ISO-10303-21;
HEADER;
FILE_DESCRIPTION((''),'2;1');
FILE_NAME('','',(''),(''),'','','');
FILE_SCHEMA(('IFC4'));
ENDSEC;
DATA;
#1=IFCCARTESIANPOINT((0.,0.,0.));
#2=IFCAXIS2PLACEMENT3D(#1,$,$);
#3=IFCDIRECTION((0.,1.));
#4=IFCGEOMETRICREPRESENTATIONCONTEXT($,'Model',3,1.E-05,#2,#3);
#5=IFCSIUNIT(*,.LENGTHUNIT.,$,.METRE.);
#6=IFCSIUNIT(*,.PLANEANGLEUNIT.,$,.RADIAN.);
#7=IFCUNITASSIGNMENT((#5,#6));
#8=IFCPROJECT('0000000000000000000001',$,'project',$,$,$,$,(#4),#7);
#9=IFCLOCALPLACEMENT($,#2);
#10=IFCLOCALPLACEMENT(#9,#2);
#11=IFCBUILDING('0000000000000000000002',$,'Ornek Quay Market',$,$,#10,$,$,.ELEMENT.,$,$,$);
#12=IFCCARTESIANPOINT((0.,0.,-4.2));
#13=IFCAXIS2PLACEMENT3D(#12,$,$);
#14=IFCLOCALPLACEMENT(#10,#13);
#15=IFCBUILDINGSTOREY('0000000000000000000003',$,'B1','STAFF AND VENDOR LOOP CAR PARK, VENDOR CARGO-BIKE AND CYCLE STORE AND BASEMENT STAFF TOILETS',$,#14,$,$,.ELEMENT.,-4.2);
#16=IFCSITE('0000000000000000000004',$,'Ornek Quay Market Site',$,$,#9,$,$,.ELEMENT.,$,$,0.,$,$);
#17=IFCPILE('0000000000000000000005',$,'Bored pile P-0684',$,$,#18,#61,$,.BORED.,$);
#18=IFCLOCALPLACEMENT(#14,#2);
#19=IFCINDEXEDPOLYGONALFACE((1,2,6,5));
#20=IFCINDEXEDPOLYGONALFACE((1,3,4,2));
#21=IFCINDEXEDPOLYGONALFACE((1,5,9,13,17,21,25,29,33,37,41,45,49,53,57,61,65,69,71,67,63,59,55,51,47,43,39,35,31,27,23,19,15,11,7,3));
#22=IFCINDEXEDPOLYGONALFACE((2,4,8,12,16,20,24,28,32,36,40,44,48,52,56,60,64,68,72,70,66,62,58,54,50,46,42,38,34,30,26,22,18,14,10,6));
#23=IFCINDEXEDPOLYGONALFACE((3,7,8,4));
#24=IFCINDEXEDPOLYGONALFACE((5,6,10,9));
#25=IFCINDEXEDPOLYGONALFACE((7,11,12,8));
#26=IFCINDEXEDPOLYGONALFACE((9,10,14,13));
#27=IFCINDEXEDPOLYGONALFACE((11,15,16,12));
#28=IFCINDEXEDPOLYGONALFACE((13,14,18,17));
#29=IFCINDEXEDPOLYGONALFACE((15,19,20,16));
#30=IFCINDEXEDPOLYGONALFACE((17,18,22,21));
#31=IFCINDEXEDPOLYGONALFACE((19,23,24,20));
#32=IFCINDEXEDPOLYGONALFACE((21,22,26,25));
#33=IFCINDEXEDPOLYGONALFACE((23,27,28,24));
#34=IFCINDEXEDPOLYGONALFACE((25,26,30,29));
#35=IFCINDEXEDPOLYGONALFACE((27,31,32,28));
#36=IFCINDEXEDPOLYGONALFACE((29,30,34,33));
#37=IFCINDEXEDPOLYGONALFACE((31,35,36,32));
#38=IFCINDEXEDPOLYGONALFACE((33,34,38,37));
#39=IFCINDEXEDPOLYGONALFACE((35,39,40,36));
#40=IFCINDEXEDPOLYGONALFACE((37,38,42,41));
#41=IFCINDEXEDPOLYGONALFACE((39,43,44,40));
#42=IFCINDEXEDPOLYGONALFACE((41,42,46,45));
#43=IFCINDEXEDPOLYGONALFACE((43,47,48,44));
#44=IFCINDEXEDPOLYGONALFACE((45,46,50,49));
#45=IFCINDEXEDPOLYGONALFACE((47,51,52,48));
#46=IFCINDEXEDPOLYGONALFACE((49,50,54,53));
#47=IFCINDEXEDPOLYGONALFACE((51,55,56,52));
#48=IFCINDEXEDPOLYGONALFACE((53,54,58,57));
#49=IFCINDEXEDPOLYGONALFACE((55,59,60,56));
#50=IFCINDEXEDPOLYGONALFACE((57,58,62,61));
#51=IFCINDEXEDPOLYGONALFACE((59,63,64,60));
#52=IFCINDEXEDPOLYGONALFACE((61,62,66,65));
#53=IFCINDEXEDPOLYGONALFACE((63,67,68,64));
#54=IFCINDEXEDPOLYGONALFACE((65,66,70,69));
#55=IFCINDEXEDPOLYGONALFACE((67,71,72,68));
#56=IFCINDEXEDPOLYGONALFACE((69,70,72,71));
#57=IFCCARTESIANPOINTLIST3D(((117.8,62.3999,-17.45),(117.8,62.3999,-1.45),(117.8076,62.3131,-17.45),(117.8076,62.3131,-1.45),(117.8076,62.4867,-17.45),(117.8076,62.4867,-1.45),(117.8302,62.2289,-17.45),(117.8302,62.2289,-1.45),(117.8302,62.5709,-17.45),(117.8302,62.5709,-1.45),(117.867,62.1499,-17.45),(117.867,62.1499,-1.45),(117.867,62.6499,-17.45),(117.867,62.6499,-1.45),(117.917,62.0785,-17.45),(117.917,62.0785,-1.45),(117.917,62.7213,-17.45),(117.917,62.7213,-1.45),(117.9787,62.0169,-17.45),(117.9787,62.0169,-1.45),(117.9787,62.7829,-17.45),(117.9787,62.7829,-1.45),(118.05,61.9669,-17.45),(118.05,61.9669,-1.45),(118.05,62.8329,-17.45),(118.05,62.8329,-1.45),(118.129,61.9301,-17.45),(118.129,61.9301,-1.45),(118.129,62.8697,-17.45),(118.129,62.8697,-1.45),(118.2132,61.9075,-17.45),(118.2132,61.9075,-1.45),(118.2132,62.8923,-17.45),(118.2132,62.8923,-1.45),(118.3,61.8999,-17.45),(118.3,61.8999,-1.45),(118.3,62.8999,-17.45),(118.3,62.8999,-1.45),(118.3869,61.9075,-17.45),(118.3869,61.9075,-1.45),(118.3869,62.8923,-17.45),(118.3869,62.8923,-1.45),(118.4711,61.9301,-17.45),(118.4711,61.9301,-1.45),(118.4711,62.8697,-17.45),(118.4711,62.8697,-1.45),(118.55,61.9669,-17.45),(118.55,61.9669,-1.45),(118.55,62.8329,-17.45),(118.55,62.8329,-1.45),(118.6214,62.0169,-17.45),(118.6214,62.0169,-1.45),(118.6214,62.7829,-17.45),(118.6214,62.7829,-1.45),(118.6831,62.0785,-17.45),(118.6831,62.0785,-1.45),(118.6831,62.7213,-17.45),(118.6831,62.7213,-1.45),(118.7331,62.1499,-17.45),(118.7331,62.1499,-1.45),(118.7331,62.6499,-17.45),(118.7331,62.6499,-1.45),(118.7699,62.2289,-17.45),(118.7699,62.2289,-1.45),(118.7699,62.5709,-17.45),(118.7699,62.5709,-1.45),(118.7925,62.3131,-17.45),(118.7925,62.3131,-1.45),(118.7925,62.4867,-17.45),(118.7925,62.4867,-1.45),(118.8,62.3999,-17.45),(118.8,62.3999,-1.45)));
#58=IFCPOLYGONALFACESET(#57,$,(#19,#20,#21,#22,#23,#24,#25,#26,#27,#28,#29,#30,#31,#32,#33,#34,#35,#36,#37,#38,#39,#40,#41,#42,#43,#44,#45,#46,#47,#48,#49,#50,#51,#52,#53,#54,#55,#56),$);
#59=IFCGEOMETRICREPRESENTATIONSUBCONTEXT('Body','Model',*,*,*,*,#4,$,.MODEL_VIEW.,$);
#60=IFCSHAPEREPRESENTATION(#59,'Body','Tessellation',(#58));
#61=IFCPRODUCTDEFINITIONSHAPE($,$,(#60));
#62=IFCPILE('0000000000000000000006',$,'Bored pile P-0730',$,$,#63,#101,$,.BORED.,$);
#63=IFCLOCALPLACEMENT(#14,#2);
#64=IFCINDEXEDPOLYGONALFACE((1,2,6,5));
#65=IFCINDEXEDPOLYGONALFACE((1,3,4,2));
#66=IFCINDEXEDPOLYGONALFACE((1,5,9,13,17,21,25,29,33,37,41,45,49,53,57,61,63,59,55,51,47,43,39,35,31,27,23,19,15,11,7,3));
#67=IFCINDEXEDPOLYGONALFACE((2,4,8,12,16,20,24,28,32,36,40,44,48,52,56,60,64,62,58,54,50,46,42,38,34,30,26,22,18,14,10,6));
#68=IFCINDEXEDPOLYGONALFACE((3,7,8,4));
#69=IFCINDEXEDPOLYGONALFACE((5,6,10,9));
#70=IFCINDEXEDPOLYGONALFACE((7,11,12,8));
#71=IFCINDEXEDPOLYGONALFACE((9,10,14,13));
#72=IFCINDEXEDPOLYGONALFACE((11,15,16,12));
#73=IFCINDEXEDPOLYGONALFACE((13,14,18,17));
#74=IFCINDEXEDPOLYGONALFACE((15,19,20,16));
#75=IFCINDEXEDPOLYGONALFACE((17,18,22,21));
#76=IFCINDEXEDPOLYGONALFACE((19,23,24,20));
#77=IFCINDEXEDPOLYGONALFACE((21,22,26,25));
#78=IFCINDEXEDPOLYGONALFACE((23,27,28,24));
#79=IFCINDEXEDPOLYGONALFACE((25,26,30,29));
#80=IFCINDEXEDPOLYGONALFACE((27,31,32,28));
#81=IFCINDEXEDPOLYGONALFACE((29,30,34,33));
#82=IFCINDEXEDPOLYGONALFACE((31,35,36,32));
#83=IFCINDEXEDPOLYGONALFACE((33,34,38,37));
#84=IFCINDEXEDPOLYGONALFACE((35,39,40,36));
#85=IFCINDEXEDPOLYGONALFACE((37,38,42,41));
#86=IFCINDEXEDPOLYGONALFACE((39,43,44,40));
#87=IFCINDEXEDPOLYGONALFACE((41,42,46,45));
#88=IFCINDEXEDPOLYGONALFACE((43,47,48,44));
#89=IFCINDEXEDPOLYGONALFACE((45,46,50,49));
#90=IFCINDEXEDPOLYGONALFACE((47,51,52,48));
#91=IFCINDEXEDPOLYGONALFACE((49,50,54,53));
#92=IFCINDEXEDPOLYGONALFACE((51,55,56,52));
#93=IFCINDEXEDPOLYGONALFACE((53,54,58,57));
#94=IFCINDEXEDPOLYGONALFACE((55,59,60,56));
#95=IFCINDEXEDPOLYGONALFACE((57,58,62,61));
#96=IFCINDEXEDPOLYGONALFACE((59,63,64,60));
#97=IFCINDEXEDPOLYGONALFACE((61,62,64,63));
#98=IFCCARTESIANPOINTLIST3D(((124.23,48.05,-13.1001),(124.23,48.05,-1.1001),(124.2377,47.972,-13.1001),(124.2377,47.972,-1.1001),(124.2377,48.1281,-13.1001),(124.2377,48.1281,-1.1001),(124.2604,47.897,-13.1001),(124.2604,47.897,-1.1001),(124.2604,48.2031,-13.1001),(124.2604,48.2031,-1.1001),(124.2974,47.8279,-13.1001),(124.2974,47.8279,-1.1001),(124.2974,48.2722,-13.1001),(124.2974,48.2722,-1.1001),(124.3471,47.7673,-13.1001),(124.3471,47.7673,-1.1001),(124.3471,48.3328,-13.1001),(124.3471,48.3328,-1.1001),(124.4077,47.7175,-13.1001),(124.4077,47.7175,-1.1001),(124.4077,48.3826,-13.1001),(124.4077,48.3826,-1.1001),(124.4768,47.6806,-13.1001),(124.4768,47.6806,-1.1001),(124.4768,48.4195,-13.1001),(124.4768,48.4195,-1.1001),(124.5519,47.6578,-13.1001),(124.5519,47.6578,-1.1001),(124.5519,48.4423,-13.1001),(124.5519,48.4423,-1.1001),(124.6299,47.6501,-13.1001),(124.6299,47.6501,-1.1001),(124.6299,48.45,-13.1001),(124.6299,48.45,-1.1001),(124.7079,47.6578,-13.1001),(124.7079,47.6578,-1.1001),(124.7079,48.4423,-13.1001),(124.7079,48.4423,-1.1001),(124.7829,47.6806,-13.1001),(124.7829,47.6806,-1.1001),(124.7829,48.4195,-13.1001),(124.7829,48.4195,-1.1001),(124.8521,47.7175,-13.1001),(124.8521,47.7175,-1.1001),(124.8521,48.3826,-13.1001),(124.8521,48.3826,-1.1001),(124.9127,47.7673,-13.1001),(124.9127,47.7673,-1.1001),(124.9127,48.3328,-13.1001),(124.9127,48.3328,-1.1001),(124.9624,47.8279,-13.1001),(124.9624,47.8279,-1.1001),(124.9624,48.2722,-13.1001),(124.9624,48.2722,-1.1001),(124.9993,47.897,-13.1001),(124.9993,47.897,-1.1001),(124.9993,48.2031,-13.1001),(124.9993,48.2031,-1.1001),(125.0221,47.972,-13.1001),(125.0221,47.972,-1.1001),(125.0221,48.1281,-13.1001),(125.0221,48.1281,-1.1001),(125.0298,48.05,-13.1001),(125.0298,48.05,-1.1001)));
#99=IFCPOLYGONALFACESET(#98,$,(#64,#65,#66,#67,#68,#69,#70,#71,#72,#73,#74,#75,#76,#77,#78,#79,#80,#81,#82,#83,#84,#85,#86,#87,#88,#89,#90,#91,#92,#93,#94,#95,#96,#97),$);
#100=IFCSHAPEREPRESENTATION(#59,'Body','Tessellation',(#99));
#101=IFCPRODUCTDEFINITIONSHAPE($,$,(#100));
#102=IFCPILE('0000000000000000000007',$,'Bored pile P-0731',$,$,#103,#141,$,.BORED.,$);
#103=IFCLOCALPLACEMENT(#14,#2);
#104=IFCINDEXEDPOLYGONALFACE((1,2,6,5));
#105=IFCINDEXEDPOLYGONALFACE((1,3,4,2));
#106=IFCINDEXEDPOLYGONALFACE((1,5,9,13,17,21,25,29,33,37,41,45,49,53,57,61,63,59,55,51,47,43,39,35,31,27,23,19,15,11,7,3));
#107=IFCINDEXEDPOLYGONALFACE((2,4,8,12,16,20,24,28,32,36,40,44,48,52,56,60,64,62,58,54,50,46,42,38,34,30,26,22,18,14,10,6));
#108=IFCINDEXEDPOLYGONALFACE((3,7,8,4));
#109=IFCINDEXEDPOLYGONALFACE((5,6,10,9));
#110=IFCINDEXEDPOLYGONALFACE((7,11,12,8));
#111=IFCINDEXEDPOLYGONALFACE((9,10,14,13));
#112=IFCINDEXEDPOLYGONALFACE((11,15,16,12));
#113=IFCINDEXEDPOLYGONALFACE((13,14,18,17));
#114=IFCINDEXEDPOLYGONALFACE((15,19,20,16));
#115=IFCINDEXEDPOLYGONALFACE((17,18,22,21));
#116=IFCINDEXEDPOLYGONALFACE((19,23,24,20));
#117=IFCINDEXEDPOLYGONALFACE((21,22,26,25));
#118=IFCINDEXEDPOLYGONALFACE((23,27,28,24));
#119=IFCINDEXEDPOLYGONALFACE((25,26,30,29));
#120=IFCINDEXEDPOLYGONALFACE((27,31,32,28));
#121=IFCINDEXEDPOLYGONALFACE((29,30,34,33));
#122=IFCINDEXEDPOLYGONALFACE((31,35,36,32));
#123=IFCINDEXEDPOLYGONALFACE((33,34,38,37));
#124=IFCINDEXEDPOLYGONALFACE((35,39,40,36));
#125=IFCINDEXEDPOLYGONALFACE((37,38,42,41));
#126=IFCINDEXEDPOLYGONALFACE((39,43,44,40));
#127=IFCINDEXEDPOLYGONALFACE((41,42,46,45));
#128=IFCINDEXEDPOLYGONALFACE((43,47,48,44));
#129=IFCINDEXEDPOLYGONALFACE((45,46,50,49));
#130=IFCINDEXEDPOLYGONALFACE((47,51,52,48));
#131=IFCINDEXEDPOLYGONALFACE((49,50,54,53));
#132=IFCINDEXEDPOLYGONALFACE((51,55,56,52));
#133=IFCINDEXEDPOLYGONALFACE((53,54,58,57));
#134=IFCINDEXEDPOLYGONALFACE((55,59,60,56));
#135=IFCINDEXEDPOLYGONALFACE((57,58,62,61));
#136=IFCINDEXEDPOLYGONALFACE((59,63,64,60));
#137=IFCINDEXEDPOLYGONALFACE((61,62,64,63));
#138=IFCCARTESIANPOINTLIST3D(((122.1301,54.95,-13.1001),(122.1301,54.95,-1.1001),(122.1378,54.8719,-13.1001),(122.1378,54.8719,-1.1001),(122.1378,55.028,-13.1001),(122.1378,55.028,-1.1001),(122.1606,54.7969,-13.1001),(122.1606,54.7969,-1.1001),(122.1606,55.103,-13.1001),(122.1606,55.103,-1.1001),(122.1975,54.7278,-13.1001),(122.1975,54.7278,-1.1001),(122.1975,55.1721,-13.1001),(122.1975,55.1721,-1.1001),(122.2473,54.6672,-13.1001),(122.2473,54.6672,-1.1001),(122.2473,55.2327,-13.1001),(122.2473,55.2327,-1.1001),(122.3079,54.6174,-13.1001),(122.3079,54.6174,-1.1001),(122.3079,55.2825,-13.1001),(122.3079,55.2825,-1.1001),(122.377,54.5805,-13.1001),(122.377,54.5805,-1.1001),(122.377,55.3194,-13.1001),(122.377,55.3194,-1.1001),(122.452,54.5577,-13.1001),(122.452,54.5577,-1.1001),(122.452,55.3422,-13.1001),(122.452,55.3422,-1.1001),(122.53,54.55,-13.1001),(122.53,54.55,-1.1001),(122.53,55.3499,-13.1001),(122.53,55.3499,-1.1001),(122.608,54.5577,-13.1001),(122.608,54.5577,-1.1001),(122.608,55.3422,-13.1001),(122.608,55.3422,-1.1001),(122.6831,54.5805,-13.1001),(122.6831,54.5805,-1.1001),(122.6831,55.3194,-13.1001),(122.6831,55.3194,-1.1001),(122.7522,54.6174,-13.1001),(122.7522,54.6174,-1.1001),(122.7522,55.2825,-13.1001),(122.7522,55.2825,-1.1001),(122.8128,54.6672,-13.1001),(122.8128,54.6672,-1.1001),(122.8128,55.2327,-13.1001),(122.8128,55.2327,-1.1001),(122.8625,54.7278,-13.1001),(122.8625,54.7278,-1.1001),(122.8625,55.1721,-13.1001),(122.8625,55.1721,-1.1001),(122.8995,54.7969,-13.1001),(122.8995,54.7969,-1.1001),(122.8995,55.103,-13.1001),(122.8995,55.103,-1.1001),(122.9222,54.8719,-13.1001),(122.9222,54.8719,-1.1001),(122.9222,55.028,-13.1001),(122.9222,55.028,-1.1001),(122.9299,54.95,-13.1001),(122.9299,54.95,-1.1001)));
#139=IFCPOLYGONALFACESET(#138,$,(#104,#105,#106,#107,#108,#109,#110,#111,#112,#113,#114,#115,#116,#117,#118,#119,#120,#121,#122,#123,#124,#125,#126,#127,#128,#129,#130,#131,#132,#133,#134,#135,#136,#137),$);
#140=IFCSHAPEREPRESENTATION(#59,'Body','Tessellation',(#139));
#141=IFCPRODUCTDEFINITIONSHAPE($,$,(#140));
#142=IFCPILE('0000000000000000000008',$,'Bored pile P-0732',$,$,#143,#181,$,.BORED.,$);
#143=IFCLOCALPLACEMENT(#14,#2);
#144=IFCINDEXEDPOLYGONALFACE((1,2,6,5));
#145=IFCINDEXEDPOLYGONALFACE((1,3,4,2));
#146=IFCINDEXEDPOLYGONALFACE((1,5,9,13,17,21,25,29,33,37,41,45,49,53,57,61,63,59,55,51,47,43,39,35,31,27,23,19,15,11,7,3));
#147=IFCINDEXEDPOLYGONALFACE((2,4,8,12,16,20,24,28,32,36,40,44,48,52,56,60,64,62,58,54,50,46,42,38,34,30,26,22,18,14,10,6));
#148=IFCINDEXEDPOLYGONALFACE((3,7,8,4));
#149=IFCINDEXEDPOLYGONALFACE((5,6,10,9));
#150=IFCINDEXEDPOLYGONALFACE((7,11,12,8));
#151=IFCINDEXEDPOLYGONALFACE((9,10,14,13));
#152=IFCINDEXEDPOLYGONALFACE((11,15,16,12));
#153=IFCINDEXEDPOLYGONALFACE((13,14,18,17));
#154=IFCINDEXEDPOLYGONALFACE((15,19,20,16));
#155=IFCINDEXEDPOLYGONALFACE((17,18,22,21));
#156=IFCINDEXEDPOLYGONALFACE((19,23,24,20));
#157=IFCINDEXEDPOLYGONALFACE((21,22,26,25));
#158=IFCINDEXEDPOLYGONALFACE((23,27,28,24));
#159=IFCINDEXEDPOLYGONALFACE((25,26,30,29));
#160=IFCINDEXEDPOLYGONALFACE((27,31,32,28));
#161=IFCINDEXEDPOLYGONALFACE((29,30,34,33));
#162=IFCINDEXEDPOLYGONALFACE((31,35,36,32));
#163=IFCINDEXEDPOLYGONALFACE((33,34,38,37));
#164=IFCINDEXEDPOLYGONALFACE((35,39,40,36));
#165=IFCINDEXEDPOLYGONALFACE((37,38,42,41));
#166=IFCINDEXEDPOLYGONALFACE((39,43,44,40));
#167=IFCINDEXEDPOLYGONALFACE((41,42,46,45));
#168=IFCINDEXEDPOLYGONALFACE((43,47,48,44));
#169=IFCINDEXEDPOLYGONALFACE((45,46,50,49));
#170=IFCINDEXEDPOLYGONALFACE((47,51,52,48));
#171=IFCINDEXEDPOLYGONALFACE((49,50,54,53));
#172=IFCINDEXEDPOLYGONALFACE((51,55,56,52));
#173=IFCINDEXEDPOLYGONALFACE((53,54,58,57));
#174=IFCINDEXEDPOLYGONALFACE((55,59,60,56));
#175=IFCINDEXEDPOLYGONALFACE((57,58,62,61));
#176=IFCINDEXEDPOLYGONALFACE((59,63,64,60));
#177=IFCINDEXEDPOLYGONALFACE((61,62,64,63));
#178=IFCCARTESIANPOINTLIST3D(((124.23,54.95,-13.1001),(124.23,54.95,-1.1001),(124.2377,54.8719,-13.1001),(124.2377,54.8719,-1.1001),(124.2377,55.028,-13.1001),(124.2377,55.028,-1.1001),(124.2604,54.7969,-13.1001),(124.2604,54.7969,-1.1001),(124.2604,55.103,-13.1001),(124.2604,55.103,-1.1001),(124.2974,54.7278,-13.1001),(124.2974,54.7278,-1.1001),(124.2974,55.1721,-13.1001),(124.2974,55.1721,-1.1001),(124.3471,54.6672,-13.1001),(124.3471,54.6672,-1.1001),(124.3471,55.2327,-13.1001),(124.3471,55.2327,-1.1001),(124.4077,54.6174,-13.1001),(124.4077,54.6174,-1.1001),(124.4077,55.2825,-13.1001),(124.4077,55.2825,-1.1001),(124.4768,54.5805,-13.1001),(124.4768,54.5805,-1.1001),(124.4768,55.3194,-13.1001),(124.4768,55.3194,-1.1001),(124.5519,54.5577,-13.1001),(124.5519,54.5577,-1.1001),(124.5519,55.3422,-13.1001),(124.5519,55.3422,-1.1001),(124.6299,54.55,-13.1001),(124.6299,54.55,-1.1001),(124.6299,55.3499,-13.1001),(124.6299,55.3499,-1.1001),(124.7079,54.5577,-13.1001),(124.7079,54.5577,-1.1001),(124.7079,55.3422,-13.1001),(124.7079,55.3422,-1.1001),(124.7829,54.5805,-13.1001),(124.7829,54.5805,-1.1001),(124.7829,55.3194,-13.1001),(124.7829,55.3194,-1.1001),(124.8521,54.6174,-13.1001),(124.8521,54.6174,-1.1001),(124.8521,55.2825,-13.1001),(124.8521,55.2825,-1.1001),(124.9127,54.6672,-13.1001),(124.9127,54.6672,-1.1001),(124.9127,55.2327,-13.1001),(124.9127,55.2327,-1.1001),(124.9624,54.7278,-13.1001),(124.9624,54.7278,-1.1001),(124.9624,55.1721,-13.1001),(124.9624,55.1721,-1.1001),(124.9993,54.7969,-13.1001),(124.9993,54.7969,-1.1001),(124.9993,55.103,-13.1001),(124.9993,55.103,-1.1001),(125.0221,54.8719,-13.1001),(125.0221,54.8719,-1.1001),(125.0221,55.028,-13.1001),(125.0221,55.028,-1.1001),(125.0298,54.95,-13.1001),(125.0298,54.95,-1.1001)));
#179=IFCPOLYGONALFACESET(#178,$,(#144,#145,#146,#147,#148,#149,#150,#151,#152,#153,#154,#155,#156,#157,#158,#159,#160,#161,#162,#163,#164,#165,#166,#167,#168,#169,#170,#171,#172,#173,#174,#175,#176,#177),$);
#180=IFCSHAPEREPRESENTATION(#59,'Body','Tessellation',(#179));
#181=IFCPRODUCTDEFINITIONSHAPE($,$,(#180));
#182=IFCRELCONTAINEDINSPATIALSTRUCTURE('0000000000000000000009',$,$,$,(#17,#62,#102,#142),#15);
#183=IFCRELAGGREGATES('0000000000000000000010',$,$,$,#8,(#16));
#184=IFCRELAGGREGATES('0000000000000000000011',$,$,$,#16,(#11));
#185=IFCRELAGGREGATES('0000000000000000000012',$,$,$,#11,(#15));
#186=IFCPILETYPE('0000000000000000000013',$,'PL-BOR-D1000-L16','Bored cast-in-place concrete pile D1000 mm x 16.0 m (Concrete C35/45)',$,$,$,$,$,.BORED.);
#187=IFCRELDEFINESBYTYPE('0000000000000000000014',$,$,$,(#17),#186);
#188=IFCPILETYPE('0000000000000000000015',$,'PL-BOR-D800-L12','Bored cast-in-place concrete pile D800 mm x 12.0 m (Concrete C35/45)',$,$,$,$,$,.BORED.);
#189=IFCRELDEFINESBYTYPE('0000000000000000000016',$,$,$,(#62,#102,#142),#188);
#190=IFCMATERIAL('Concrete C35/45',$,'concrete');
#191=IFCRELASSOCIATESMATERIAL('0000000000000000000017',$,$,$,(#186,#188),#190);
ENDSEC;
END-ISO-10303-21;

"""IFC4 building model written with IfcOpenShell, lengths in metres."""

from ifc_helpers import new_model, si_unit, direction, frame, origin, origin_2d, place, context, subcontext, project, spatial, circle, extrude, material, material_profile, profile_set, type_object, element, save


model = new_model("IFC4")

# Units and contexts
model_context = context("Model", 3, precision=1e-05, world=origin(), true_north=direction((0.0, 1.0)))
body_context = subcontext(model_context, "Body", "Model", "MODEL_VIEW")
ifc_project = project(units=[si_unit("LENGTHUNIT", "METRE"), si_unit("PLANEANGLEUNIT", "RADIAN")], contexts=[model_context])

# Site, building, storey
site_placement = place(None, origin())
site = spatial("IfcSite", under=ifc_project, at=site_placement, Name="Ornek Quay Market Site", CompositionType="ELEMENT", RefElevation=0.0)
building_placement = place(site_placement, origin())
building = spatial("IfcBuilding", under=site, at=building_placement, Name="Ornek Quay Market", CompositionType="ELEMENT")
storey_placement = place(building_placement, frame((0.0, 0.0, -4.2)))
storey = spatial("IfcBuildingStorey", under=building, at=storey_placement, Name="B1", Description="STAFF AND VENDOR LOOP CAR PARK, VENDOR CARGO-BIKE AND CYCLE STORE AND BASEMENT STAFF TOILETS", CompositionType="ELEMENT", Elevation=-4.2)

# Piles
ifc_material_1 = material(Name="Concrete C35/45", Category="concrete")
ifc_material_profile_1 = material_profile(ifc_material_1, circle(Radius=0.5, at=origin_2d()), Name="PILE D1000", Category="concrete")
ifc_profile_set_1 = profile_set([ifc_material_profile_1], Name="Concrete C35/45")
pile_type_1 = type_object("IfcPileType", Name="PL-BOR-D1000-L16", Description="Bored cast-in-place concrete pile D1000 mm x 16.0 m (Concrete C35/45)", PredefinedType="BORED", material=ifc_profile_set_1)
for number, where, z_axis, x_axis, name in (
    (1, (118.3, 62.3999, -1.45), (0.0, 0.0, -1.0), (1.0, 0.0, 0.0), "Bored pile P-0684"),
):
    element("IfcPile", number, at=place(storey_placement, frame(where, z_axis=z_axis, x_axis=x_axis)), inside=storey, type_object=pile_type_1, Name=name, PredefinedType="BORED", context=body_context, shape_type="SweptSolid", body=[
        extrude(circle(Radius=0.5, at=origin_2d()), origin(), (0.0, 0.0, 1.0), 16.0),
    ])
ifc_material_profile_2 = material_profile(ifc_material_1, circle(Radius=0.3999, at=origin_2d()), Name="PILE D800", Category="concrete")
ifc_profile_set_2 = profile_set([ifc_material_profile_2], Name="Concrete C35/45")
pile_type_2 = type_object("IfcPileType", Name="PL-BOR-D800-L12", Description="Bored cast-in-place concrete pile D800 mm x 12.0 m (Concrete C35/45)", PredefinedType="BORED", material=ifc_profile_set_2)
for number, where, z_axis, x_axis, name in (
    (2, (124.6299, 48.05, -1.1001), (0.0, 0.0, -1.0), (1.0, 0.0, 0.0), "Bored pile P-0730"),
    (3, (122.53, 54.95, -1.1001), (0.0, 0.0, -1.0), (1.0, 0.0, 0.0), "Bored pile P-0731"),
    (4, (124.6299, 54.95, -1.1001), (0.0, 0.0, -1.0), (1.0, 0.0, 0.0), "Bored pile P-0732"),
):
    element("IfcPile", number, at=place(storey_placement, frame(where, z_axis=z_axis, x_axis=x_axis)), inside=storey, type_object=pile_type_2, Name=name, PredefinedType="BORED", context=body_context, shape_type="SweptSolid", body=[
        extrude(circle(Radius=0.3999, at=origin_2d()), origin(), (0.0, 0.0, 1.0), 12.0),
    ])

save(model, "model.ifc")
